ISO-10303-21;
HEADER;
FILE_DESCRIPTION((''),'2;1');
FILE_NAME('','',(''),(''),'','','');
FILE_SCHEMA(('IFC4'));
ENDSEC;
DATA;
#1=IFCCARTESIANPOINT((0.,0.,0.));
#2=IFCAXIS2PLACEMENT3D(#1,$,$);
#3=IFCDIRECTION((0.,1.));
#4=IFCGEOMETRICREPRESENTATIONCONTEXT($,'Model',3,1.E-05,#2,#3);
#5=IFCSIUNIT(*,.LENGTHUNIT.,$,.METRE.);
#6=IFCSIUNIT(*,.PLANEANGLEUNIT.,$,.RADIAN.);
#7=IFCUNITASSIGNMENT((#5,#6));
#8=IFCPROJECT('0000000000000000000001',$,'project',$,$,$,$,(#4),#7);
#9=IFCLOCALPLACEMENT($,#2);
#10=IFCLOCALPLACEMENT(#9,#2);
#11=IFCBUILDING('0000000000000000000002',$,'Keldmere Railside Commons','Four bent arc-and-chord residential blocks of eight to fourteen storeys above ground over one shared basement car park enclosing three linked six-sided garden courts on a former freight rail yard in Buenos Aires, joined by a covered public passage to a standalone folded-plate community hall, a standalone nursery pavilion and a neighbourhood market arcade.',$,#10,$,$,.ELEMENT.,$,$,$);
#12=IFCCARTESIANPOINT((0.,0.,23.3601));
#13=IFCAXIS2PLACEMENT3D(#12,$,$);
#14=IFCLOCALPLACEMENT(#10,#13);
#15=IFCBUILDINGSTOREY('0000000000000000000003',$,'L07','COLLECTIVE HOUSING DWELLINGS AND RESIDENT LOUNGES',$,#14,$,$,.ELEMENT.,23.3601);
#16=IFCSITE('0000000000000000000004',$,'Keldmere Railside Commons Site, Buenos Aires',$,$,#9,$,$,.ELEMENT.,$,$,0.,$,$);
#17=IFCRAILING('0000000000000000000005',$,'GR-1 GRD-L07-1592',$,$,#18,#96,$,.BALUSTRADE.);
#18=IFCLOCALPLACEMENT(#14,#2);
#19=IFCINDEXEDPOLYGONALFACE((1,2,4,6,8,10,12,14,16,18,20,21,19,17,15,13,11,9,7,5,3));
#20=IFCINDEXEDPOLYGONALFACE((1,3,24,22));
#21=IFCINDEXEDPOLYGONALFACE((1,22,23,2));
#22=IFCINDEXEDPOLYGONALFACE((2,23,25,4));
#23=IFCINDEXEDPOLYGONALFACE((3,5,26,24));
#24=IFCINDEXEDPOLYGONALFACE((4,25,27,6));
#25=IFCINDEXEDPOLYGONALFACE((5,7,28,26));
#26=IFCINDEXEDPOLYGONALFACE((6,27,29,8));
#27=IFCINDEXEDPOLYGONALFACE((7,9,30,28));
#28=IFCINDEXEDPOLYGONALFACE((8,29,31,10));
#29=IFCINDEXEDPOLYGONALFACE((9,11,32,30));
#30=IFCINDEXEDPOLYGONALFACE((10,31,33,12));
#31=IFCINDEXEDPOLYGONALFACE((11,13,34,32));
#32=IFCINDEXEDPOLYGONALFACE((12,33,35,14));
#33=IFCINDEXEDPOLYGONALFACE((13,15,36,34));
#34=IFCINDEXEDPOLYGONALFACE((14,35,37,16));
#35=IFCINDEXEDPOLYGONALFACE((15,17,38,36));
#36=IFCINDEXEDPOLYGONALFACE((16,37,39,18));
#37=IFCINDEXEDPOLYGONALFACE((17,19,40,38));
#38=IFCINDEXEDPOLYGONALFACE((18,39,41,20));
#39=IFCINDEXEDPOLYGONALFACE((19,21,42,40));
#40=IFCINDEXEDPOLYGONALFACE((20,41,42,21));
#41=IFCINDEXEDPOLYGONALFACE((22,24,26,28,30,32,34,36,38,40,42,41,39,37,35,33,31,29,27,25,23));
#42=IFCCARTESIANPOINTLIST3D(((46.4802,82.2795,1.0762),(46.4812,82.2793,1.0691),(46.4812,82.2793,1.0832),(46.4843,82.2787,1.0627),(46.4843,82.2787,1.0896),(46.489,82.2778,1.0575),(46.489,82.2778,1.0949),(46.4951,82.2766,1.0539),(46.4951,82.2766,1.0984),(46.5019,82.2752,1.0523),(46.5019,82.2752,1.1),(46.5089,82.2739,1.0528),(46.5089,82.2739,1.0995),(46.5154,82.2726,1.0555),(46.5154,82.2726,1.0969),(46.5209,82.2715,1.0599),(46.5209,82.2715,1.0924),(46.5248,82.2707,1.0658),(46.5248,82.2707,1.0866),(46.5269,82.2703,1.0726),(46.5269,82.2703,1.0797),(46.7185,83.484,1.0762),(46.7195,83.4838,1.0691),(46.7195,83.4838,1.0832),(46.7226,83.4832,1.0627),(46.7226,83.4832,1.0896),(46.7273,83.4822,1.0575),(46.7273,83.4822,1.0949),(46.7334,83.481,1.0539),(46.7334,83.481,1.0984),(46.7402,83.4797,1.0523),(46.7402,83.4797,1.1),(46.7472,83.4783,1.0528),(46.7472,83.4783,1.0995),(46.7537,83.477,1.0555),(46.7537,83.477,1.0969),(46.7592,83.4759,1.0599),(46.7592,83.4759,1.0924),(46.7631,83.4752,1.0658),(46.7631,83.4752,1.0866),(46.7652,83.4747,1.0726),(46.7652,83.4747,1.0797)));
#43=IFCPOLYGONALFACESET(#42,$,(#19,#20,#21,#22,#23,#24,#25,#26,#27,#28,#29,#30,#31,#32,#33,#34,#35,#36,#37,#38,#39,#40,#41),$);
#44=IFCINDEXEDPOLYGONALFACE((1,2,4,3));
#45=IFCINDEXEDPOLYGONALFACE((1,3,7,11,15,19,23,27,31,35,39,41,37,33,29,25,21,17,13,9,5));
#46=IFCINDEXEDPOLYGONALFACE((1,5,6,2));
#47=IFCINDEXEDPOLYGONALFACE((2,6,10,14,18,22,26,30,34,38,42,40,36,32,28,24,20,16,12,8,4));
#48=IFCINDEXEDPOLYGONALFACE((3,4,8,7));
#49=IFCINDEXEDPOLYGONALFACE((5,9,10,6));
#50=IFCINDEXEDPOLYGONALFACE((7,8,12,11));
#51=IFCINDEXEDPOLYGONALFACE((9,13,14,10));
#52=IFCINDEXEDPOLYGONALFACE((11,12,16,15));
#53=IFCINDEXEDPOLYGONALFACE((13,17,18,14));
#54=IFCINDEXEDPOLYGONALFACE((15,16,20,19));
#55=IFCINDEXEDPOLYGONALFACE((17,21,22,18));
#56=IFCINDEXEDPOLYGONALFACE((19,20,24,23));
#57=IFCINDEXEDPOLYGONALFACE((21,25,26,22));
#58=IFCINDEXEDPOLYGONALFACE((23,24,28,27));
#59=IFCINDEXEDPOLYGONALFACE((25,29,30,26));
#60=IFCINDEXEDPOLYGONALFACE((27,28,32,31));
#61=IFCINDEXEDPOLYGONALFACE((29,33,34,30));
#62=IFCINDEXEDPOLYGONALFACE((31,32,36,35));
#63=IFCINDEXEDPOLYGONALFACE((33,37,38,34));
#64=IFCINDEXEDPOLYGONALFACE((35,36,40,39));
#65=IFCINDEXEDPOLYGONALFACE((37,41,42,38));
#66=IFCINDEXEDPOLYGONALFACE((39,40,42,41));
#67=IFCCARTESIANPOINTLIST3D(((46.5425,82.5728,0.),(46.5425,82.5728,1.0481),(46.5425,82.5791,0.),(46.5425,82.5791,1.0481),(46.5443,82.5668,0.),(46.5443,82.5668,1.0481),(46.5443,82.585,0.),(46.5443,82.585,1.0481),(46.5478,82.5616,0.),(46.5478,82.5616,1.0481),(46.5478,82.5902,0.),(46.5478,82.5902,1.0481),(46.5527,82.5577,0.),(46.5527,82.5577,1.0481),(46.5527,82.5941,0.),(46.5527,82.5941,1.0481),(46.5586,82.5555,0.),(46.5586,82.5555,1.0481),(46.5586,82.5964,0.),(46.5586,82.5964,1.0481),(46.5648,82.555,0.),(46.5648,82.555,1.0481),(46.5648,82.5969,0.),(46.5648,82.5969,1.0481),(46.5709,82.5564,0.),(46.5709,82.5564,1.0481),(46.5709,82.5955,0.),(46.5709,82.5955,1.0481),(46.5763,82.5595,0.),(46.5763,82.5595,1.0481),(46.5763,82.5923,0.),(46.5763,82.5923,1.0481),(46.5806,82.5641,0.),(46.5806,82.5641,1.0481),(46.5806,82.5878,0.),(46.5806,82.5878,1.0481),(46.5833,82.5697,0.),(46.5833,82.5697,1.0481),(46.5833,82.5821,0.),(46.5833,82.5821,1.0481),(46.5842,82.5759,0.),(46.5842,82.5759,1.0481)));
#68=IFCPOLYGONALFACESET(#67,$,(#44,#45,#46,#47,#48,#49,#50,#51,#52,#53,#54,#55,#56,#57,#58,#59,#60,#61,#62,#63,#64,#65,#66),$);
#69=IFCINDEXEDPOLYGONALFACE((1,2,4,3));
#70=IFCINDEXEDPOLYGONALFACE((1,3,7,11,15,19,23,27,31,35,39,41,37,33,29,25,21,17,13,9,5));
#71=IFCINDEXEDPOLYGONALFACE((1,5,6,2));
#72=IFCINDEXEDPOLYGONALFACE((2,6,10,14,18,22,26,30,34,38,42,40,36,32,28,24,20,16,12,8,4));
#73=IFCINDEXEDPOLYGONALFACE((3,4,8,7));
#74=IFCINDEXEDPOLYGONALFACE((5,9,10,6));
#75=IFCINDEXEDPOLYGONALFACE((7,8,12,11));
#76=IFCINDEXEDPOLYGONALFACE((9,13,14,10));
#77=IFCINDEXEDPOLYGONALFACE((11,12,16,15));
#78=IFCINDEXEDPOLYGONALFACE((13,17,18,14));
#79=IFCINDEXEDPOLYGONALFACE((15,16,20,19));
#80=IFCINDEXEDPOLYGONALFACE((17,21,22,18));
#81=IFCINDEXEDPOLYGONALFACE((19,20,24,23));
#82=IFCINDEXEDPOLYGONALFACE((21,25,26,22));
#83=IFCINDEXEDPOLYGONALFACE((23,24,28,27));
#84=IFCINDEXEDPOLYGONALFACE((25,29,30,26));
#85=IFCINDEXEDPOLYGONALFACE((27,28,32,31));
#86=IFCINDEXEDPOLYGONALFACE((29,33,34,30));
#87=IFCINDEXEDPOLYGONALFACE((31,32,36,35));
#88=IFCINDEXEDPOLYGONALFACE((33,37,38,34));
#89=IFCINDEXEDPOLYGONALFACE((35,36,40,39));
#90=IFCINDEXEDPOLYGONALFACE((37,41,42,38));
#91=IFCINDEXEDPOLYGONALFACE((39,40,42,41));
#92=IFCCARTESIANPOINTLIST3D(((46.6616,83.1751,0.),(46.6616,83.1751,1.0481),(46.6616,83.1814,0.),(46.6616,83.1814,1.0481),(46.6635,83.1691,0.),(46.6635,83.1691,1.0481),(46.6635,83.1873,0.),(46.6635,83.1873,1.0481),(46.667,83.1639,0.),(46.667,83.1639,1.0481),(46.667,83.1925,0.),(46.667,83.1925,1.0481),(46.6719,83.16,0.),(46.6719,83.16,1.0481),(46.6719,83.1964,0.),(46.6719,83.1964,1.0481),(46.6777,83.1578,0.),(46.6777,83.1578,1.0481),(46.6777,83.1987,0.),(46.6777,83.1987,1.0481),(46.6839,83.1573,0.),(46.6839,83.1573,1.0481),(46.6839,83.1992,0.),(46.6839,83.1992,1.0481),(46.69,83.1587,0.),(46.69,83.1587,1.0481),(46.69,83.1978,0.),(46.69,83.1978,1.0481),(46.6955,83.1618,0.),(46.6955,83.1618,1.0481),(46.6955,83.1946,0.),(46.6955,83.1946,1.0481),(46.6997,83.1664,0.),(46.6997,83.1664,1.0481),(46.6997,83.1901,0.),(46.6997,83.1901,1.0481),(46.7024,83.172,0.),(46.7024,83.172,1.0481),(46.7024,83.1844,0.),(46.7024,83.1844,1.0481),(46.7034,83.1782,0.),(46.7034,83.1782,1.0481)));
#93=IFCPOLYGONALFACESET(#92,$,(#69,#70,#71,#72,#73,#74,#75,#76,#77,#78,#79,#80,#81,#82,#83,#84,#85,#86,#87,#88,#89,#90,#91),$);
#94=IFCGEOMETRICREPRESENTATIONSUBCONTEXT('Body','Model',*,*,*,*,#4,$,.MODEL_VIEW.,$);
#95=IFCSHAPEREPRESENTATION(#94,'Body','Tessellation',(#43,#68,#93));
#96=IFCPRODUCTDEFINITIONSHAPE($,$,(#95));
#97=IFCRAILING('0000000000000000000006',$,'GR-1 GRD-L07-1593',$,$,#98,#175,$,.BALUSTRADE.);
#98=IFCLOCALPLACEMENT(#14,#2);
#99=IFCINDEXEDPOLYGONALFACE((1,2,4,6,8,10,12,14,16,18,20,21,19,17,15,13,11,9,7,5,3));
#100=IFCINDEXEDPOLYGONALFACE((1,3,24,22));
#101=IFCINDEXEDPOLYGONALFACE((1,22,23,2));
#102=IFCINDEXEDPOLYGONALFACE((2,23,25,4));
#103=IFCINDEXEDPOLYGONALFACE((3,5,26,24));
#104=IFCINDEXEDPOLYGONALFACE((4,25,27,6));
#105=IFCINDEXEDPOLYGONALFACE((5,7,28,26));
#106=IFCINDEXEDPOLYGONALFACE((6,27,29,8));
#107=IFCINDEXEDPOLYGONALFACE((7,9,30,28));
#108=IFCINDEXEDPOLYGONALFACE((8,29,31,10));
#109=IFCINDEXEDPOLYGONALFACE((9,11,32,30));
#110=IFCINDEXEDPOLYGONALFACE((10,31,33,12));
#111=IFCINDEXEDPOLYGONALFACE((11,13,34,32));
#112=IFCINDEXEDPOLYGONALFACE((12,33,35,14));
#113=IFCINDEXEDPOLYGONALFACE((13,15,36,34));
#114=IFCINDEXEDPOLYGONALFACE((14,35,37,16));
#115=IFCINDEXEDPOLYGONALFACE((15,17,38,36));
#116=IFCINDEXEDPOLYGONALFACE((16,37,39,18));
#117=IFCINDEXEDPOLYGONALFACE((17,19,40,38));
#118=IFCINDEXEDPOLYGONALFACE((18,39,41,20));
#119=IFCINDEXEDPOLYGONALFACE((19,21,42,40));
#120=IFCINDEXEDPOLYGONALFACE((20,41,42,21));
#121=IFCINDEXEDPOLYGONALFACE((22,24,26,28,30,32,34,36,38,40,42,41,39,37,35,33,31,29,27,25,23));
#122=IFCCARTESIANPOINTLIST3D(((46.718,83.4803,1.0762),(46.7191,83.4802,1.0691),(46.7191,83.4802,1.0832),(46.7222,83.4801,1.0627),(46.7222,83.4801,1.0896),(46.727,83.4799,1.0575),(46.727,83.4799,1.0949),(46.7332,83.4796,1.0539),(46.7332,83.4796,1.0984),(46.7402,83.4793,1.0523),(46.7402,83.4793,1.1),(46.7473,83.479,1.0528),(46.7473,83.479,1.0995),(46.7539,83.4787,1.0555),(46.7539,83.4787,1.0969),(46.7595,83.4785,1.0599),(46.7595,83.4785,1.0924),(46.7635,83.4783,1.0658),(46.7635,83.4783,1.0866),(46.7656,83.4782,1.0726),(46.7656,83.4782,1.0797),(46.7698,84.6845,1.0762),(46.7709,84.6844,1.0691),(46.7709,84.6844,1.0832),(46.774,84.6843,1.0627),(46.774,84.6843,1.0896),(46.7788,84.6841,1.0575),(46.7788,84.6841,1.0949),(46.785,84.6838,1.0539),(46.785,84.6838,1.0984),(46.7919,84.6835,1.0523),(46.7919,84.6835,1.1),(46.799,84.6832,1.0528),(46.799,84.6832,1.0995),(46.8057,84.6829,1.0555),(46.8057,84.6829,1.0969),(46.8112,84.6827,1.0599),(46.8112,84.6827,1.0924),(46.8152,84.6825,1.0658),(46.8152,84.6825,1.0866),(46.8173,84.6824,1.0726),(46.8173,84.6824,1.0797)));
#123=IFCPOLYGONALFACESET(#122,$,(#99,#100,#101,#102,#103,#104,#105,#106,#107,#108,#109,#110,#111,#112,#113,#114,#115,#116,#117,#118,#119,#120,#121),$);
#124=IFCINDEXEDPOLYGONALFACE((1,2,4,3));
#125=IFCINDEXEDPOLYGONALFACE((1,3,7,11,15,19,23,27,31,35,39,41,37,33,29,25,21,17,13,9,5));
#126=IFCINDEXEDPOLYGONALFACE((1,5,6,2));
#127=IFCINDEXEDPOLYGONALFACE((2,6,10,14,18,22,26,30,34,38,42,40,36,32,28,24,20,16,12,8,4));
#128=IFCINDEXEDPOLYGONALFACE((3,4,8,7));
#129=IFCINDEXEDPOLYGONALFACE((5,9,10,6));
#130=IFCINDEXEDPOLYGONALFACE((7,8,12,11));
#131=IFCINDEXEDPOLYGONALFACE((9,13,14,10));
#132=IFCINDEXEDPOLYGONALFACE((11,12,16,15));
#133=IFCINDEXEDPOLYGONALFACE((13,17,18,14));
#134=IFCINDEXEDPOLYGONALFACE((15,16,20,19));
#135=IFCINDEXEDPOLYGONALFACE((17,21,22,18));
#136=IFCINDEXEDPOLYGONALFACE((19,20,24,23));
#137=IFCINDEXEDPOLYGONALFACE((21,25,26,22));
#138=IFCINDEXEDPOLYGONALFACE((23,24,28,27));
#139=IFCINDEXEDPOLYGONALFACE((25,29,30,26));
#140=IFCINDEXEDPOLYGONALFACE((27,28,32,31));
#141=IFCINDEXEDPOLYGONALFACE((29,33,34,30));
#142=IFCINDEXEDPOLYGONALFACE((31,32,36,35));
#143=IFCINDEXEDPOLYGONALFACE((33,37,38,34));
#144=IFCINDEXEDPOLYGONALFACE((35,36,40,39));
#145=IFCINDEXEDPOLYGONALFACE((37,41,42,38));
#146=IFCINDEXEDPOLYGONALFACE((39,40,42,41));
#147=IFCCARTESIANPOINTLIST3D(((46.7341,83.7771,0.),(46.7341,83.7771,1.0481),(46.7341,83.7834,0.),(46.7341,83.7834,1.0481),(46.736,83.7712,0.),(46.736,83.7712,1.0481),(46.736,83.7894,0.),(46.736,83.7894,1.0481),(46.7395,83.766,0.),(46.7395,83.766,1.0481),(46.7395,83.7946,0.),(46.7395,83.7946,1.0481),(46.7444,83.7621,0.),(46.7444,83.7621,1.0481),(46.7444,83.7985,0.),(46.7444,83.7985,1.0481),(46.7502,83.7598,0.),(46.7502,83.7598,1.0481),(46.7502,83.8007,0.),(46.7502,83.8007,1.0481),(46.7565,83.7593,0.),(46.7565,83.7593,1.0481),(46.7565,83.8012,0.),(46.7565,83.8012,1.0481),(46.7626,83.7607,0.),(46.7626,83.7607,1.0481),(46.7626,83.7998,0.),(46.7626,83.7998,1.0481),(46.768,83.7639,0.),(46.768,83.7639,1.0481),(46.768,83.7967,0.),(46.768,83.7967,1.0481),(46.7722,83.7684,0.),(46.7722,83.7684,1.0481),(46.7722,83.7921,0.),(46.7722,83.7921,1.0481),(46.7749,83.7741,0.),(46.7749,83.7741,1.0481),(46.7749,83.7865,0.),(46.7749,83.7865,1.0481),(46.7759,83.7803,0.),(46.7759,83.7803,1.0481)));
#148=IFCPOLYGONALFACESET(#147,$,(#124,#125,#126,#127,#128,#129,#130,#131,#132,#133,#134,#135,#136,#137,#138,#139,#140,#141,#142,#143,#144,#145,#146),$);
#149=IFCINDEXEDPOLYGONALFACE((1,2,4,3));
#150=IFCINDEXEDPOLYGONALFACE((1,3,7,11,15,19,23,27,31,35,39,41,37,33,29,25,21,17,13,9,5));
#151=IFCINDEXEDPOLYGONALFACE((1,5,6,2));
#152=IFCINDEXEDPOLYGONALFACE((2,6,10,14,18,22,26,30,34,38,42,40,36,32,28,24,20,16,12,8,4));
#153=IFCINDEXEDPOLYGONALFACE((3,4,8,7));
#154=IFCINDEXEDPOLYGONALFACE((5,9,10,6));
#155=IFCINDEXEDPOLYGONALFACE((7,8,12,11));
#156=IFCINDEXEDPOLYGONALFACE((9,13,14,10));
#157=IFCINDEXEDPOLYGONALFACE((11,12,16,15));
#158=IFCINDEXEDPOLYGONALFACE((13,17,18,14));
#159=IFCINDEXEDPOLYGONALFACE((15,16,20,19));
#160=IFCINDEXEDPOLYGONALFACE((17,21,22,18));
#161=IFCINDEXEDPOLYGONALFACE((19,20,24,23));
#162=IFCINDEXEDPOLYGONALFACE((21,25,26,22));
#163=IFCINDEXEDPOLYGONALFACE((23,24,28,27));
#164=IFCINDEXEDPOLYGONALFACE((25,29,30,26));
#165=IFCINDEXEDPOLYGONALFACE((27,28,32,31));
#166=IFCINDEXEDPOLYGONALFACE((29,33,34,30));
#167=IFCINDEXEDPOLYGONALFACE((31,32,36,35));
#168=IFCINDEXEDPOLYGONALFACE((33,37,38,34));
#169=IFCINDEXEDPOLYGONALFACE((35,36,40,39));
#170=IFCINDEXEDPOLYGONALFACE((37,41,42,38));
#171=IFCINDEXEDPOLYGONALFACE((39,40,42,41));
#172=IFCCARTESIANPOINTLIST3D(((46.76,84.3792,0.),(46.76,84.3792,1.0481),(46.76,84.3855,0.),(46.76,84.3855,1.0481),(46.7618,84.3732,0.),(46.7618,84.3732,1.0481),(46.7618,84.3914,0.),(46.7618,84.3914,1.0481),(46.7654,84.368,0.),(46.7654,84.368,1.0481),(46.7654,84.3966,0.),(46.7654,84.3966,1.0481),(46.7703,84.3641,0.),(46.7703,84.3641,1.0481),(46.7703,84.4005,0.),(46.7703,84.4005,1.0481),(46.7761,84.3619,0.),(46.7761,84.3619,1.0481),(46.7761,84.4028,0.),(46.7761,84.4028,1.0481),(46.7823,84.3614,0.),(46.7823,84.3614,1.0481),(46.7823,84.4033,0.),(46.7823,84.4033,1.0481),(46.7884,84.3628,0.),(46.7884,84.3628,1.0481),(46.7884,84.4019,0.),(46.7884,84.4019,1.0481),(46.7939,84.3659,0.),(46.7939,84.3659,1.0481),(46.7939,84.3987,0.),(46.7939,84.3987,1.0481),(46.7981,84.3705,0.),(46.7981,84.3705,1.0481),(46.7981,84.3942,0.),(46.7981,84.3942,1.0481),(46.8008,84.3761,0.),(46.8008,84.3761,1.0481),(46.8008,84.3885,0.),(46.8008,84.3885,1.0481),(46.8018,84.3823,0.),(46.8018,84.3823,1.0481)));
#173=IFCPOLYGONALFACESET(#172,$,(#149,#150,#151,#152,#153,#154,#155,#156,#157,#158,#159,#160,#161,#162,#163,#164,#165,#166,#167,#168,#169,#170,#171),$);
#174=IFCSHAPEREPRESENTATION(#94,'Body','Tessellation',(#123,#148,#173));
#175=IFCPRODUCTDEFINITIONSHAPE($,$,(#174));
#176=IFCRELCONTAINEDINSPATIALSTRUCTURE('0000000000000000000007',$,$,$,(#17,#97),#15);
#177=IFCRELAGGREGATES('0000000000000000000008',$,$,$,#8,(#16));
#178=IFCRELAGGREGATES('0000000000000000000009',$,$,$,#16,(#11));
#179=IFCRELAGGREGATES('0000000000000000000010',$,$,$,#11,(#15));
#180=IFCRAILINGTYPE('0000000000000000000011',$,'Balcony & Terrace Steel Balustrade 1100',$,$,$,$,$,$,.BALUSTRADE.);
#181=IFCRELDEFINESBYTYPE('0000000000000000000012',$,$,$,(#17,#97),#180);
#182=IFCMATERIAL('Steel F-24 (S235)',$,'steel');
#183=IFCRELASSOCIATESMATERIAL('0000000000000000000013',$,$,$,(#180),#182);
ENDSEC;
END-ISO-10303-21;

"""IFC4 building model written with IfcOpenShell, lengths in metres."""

from ifc_helpers import new_model, si_unit, direction, frame, origin, origin_2d, place, context, subcontext, project, spatial, circle, extrude, material, type_object, element, save


model = new_model("IFC4")

# Units and contexts
model_context = context("Model", 3, precision=1e-05, world=origin(), true_north=direction((0.0, 1.0)))
body_context = subcontext(model_context, "Body", "Model", "MODEL_VIEW")
ifc_project = project(units=[si_unit("LENGTHUNIT", "METRE"), si_unit("PLANEANGLEUNIT", "RADIAN")], contexts=[model_context])

# Site, building, storey
site_placement = place(None, origin())
site = spatial("IfcSite", under=ifc_project, at=site_placement, Name="Keldmere Railside Commons Site, Buenos Aires", CompositionType="ELEMENT", RefElevation=0.0)
building_placement = place(site_placement, origin())
building = spatial("IfcBuilding", under=site, at=building_placement, Name="Keldmere Railside Commons", Description="Four bent arc-and-chord residential blocks of eight to fourteen storeys above ground over one shared basement car park enclosing three linked six-sided garden courts on a former freight rail yard in Buenos Aires, joined by a covered public passage to a standalone folded-plate community hall, a standalone nursery pavilion and a neighbourhood market arcade.", CompositionType="ELEMENT")
storey_placement = place(building_placement, frame((0.0, 0.0, 23.3601)))
storey = spatial("IfcBuildingStorey", under=building, at=storey_placement, Name="L07", Description="COLLECTIVE HOUSING DWELLINGS AND RESIDENT LOUNGES", CompositionType="ELEMENT", Elevation=23.3601)

# Railings
ifc_material_1 = material(Name="Steel F-24 (S235)", Category="steel")
railing_type = type_object("IfcRailingType", Name="Balcony & Terrace Steel Balustrade 1100", PredefinedType="BALUSTRADE", material=ifc_material_1)
railing_1_placement = place(storey_placement, frame((46.5037, 82.2749, 0.0)))
element("IfcRailing", 1, at=railing_1_placement, inside=storey, type_object=railing_type, Name="GR-1 GRD-L07-1592", PredefinedType="BALUSTRADE", context=body_context, shape_type="SweptSolid", body=[
    extrude(circle(Radius=0.0239, at=origin_2d()), frame((0.0, 0.0, 1.0762), z_axis=(0.194089, 0.980984, 0.0), x_axis=(-0.980984, 0.194089, 0.0)), (0.0, 0.0, 1.0), 1.2278),
    extrude(circle(Radius=0.021, at=origin_2d()), frame((0.0596, 0.301, 0.0)), (0.0, 0.0, 1.0), 1.0481),
    extrude(circle(Radius=0.021, at=origin_2d()), frame((0.1787, 0.9033, 0.0)), (0.0, 0.0, 1.0), 1.0481),
])
railing_2_placement = place(storey_placement, frame((46.7419, 83.4792, 0.0)))
element("IfcRailing", 2, at=railing_2_placement, inside=storey, type_object=railing_type, Name="GR-1 GRD-L07-1593", PredefinedType="BALUSTRADE", context=body_context, shape_type="SweptSolid", body=[
    extrude(circle(Radius=0.0239, at=origin_2d()), frame((0.0, 0.0, 1.0762), z_axis=(0.042945, 0.999077, 0.0), x_axis=(-0.999077, 0.042945, 0.0)), (0.0, 0.0, 1.0), 1.2053),
    extrude(circle(Radius=0.021, at=origin_2d()), frame((0.0129, 0.301, 0.0)), (0.0, 0.0, 1.0), 1.0481),
    extrude(circle(Radius=0.021, at=origin_2d()), frame((0.0388, 0.9031, 0.0)), (0.0, 0.0, 1.0), 1.0481),
])

save(model, "model.ifc")
